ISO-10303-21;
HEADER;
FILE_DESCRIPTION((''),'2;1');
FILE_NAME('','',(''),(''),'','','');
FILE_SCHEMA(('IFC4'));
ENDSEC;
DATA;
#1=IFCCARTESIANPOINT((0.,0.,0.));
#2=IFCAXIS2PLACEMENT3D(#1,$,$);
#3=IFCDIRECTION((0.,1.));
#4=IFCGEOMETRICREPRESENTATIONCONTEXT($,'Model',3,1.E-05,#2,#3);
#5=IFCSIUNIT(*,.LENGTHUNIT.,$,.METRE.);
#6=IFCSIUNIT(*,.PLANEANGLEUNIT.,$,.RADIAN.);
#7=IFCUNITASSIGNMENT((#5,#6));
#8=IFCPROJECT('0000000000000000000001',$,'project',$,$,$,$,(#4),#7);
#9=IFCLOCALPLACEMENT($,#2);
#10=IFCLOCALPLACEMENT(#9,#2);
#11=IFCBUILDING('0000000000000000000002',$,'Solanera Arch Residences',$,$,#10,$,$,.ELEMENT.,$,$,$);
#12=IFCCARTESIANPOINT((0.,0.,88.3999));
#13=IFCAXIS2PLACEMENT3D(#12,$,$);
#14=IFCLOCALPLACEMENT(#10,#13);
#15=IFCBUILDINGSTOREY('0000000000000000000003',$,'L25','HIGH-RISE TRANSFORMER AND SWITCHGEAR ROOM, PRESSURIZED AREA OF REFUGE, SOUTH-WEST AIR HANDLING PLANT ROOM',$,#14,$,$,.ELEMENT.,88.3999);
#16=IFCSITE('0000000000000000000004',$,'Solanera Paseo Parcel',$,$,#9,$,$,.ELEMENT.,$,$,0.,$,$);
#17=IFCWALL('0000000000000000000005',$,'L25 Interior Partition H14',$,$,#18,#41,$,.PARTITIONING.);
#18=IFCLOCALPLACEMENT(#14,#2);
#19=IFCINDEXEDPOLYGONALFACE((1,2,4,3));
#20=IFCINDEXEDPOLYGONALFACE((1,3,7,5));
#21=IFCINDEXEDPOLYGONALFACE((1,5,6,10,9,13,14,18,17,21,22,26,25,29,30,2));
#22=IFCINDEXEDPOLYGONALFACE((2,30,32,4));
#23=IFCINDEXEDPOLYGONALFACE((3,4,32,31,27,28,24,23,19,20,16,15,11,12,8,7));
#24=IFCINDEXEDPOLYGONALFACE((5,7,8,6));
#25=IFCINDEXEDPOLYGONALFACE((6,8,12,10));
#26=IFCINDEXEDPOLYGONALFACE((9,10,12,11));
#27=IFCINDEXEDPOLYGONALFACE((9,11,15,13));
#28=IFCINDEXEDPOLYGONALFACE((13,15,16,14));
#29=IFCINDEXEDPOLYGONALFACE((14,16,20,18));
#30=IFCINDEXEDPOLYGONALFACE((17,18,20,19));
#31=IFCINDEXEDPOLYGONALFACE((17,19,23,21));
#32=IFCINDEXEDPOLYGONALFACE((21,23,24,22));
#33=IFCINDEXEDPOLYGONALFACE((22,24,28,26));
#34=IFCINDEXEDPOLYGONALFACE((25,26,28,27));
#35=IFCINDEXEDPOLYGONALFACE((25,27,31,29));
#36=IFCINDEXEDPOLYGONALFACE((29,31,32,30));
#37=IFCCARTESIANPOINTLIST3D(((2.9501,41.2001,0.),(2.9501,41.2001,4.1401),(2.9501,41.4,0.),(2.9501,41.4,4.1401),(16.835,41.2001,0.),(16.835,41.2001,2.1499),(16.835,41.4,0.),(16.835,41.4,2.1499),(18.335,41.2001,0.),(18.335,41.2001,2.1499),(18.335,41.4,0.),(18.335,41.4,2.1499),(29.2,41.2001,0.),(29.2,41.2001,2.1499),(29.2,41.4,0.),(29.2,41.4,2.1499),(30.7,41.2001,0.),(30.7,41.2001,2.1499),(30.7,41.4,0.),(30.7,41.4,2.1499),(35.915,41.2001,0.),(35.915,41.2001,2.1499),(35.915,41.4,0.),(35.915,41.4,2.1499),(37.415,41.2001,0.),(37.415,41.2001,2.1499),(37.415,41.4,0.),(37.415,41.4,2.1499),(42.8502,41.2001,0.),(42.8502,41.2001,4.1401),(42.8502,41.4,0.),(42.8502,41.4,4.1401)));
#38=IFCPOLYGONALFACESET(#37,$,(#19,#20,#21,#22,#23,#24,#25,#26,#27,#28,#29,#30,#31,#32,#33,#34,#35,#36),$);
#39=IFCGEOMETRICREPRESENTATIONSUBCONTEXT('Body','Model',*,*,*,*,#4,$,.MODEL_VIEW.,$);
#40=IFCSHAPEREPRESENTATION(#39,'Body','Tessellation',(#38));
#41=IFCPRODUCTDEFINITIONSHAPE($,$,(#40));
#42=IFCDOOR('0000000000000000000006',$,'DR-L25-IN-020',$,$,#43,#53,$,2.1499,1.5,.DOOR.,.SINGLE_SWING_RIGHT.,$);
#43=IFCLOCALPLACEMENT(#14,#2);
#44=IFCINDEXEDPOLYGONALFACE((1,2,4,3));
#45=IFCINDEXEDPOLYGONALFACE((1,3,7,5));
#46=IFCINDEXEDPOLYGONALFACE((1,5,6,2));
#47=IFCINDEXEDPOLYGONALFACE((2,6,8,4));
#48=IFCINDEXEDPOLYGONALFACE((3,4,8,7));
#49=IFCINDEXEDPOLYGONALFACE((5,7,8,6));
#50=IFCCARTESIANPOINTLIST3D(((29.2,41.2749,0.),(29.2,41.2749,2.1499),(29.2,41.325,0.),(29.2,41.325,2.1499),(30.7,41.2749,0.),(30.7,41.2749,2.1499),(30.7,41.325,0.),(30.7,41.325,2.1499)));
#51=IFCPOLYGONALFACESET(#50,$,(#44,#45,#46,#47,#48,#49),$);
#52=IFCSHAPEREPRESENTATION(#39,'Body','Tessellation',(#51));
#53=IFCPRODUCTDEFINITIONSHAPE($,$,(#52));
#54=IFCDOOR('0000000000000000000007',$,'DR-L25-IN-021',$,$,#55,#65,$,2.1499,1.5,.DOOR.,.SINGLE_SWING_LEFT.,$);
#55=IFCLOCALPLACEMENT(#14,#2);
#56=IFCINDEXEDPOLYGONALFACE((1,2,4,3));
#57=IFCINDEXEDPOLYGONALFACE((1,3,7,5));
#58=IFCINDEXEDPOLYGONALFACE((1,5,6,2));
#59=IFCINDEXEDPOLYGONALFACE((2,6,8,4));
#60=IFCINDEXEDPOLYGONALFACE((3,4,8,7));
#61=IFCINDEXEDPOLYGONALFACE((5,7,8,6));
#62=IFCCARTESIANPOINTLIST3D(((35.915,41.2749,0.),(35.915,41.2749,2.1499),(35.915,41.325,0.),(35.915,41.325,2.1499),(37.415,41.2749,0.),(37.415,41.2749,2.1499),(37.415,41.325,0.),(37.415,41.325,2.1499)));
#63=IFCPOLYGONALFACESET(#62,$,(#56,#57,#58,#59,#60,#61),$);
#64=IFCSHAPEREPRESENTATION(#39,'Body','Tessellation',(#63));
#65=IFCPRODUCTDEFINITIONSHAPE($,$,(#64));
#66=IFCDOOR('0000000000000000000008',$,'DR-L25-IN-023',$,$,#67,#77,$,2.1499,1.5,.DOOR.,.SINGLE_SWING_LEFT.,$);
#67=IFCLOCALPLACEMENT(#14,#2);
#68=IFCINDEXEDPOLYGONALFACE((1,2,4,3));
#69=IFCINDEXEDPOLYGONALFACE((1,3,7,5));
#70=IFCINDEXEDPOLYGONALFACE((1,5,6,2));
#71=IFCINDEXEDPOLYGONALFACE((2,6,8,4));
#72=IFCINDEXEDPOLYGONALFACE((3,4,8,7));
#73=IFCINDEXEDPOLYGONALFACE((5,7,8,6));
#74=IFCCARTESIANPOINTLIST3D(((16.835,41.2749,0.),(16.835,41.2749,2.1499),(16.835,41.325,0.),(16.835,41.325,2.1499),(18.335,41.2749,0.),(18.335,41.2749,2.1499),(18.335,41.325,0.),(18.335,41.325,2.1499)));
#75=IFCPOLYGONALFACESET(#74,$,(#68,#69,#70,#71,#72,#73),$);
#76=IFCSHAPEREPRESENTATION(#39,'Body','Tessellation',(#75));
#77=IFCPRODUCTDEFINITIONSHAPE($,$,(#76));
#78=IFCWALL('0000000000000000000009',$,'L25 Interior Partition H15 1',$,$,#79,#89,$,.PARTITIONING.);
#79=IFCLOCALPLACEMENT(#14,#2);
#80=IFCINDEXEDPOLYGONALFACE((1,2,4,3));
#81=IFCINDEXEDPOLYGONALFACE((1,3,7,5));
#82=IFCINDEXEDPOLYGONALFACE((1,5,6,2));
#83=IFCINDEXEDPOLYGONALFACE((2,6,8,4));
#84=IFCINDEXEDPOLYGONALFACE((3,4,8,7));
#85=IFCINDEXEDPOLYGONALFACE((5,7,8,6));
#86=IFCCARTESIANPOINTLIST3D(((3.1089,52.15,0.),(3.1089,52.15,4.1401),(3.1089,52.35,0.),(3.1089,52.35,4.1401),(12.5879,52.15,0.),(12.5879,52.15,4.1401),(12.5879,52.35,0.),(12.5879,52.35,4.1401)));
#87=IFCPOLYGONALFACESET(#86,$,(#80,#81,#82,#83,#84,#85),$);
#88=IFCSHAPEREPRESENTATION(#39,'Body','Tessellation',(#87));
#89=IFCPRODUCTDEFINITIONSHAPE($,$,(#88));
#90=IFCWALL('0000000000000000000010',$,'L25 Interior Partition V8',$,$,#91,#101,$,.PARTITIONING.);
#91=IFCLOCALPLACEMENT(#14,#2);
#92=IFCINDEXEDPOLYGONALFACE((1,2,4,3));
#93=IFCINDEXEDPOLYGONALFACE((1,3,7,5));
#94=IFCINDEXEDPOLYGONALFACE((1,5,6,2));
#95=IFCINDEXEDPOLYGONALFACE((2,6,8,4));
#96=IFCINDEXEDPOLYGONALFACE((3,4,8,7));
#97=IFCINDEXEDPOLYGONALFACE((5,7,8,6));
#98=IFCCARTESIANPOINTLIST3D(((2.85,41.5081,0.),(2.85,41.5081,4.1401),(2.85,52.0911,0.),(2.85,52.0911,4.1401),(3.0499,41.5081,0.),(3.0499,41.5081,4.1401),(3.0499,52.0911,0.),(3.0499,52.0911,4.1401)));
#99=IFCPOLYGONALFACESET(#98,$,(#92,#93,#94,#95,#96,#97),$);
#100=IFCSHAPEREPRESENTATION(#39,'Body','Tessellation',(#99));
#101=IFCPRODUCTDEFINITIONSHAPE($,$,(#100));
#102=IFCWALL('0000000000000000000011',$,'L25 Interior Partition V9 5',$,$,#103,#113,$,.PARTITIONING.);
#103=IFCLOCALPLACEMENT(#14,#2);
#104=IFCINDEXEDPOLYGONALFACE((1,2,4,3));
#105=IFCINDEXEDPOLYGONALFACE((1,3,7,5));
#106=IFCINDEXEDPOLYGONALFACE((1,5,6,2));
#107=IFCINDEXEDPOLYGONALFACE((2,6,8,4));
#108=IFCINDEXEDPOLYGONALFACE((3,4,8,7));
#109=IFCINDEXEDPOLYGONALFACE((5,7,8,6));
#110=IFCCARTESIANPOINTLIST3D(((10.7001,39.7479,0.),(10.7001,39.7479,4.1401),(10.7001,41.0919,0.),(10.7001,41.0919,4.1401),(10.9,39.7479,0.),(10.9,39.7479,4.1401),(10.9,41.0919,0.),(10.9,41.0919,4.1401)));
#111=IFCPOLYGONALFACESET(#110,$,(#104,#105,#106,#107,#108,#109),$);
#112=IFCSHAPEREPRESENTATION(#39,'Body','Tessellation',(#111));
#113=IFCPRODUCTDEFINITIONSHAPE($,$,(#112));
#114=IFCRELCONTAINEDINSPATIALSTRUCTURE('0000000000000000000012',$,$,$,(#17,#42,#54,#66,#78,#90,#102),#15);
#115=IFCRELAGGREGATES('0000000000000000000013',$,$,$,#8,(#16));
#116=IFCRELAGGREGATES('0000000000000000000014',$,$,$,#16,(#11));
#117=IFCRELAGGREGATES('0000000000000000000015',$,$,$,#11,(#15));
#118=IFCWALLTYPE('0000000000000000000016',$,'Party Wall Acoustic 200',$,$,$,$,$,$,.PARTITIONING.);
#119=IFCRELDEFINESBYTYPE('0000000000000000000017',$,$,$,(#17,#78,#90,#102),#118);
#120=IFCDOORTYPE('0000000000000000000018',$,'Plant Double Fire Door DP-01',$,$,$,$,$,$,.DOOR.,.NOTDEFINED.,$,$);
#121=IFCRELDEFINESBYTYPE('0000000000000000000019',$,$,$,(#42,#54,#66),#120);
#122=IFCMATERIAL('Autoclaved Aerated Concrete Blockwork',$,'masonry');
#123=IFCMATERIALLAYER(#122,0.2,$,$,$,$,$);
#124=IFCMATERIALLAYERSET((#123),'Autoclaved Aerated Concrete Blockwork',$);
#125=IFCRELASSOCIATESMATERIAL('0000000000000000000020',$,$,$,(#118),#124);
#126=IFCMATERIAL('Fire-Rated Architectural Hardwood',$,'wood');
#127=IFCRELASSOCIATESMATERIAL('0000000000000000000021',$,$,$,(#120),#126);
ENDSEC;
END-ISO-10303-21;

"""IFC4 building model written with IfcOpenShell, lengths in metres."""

from ifc_helpers import new_model, si_unit, direction, frame, frame_2d, origin, place, context, subcontext, project, spatial, rectangle, extrude, material, layer, layer_set, type_object, element, fill, save


model = new_model("IFC4")

# Units and contexts
model_context = context("Model", 3, precision=1e-05, world=origin(), true_north=direction((0.0, 1.0)))
body_context = subcontext(model_context, "Body", "Model", "MODEL_VIEW")
ifc_project = project(units=[si_unit("LENGTHUNIT", "METRE"), si_unit("PLANEANGLEUNIT", "RADIAN")], contexts=[model_context])

# Site, building, storey
site_placement = place(None, origin())
site = spatial("IfcSite", under=ifc_project, at=site_placement, Name="Solanera Paseo Parcel", CompositionType="ELEMENT", RefElevation=0.0)
building_placement = place(site_placement, origin())
building = spatial("IfcBuilding", under=site, at=building_placement, Name="Solanera Arch Residences", CompositionType="ELEMENT")
storey_placement = place(building_placement, frame((0.0, 0.0, 88.3999)))
storey = spatial("IfcBuildingStorey", under=building, at=storey_placement, Name="L25", Description="HIGH-RISE TRANSFORMER AND SWITCHGEAR ROOM, PRESSURIZED AREA OF REFUGE, SOUTH-WEST AIR HANDLING PLANT ROOM", CompositionType="ELEMENT", Elevation=88.3999)

# Wall, openings, doors
ifc_material_1 = material(Name="Autoclaved Aerated Concrete Blockwork", Category="masonry")
ifc_layer_1 = layer(ifc_material_1, 0.2)
ifc_layer_set_1 = layer_set([ifc_layer_1], Name="Autoclaved Aerated Concrete Blockwork")
wall_type_1 = type_object("IfcWallType", Name="Party Wall Acoustic 200", PredefinedType="PARTITIONING", material=ifc_layer_set_1)
wall_1_placement = place(storey_placement, frame((2.95, 41.3, 0.0), z_axis=(0.0, 0.0, 1.0), x_axis=(1.0, 0.0, 0.0)))
wall_1 = element("IfcWall", 1, at=wall_1_placement, inside=storey, type_object=wall_type_1, Name="L25 Interior Partition H14", PredefinedType="PARTITIONING", context=body_context, shape_type="SweptSolid", body=[
    extrude(rectangle(XDim=39.9001, YDim=0.2, at=frame_2d((19.9502, 0.0))), origin(), (0.0, 0.0, 1.0), 4.1401),
])
opening_1_placement = place(wall_1_placement, frame((26.25, 0.0, 0.0)))
opening_1 = element("IfcOpeningElement", 2, at=opening_1_placement, cuts=wall_1, PredefinedType="OPENING", context=body_context, shape_type="SweptSolid", body=[
    extrude(rectangle(XDim=1.5, YDim=2.1499, at=frame_2d((0.75, 1.075))), frame((0.0, 0.1101, 0.0), z_axis=(0.0, -1.0, 0.0), x_axis=(1.0, 0.0, 0.0)), (0.0, 0.0, 1.0), 0.22),
])
opening_2_placement = place(wall_1_placement, frame((32.9651, 0.0, 0.0)))
opening_2 = element("IfcOpeningElement", 3, at=opening_2_placement, cuts=wall_1, PredefinedType="OPENING", context=body_context, shape_type="SweptSolid", body=[
    extrude(rectangle(XDim=1.5, YDim=2.1499, at=frame_2d((0.75, 1.075))), frame((0.0, 0.1101, 0.0), z_axis=(0.0, -1.0, 0.0), x_axis=(1.0, 0.0, 0.0)), (0.0, 0.0, 1.0), 0.22),
])
opening_3_placement = place(wall_1_placement, frame((13.885, 0.0, 0.0)))
opening_3 = element("IfcOpeningElement", 4, at=opening_3_placement, cuts=wall_1, PredefinedType="OPENING", context=body_context, shape_type="SweptSolid", body=[
    extrude(rectangle(XDim=1.5, YDim=2.1499, at=frame_2d((0.75, 1.075))), frame((0.0, 0.1101, 0.0), z_axis=(0.0, -1.0, 0.0), x_axis=(1.0, 0.0, 0.0)), (0.0, 0.0, 1.0), 0.22),
])
ifc_material_2 = material(Name="Fire-Rated Architectural Hardwood", Category="wood")
door_type_1 = type_object("IfcDoorType", Name="Plant Double Fire Door DP-01", OperationType="NOTDEFINED", PredefinedType="DOOR", material=ifc_material_2)
door_1_placement = place(opening_1_placement, origin())
door_1 = element("IfcDoor", 5, at=door_1_placement, inside=storey, type_object=door_type_1, Name="DR-L25-IN-020", OperationType="SINGLE_SWING_RIGHT", OverallHeight=2.1499, OverallWidth=1.5, PredefinedType="DOOR", context=body_context, shape_type="SweptSolid", body=[
    extrude(rectangle(XDim=1.5, YDim=2.1499, at=frame_2d((0.75, 1.075))), frame((0.0, 0.0249, 0.0), z_axis=(0.0, -1.0, 0.0), x_axis=(1.0, 0.0, 0.0)), (0.0, 0.0, 1.0), 0.05),
])
fill(opening_1, door_1)
door_2_placement = place(opening_2_placement, origin())
door_2 = element("IfcDoor", 6, at=door_2_placement, inside=storey, type_object=door_type_1, Name="DR-L25-IN-021", OperationType="SINGLE_SWING_LEFT", OverallHeight=2.1499, OverallWidth=1.5, PredefinedType="DOOR", context=body_context, shape_type="SweptSolid", body=[
    extrude(rectangle(XDim=1.5, YDim=2.1499, at=frame_2d((0.75, 1.075))), frame((0.0, 0.0249, 0.0), z_axis=(0.0, -1.0, 0.0), x_axis=(1.0, 0.0, 0.0)), (0.0, 0.0, 1.0), 0.05),
])
fill(opening_2, door_2)
door_3_placement = place(opening_3_placement, origin())
door_3 = element("IfcDoor", 7, at=door_3_placement, inside=storey, type_object=door_type_1, Name="DR-L25-IN-023", OperationType="SINGLE_SWING_LEFT", OverallHeight=2.1499, OverallWidth=1.5, PredefinedType="DOOR", context=body_context, shape_type="SweptSolid", body=[
    extrude(rectangle(XDim=1.5, YDim=2.1499, at=frame_2d((0.75, 1.075))), frame((0.0, 0.0249, 0.0), z_axis=(0.0, -1.0, 0.0), x_axis=(1.0, 0.0, 0.0)), (0.0, 0.0, 1.0), 0.05),
])
fill(opening_3, door_3)

# Walls
wall_2_placement = place(storey_placement, frame((3.1089, 52.25, 0.0), z_axis=(0.0, 0.0, 1.0), x_axis=(1.0, 0.0, 0.0)))
element("IfcWall", 8, at=wall_2_placement, inside=storey, type_object=wall_type_1, Name="L25 Interior Partition H15 1", PredefinedType="PARTITIONING", context=body_context, shape_type="SweptSolid", body=[
    extrude(rectangle(XDim=9.479, YDim=0.2, at=frame_2d((4.7395, 0.0))), origin(), (0.0, 0.0, 1.0), 4.1401),
])
wall_3_placement = place(storey_placement, frame((2.95, 41.5081, 0.0), z_axis=(0.0, 0.0, 1.0), x_axis=(0.0, 1.0, 0.0)))
element("IfcWall", 9, at=wall_3_placement, inside=storey, type_object=wall_type_1, Name="L25 Interior Partition V8", PredefinedType="PARTITIONING", context=body_context, shape_type="SweptSolid", body=[
    extrude(rectangle(XDim=10.583, YDim=0.2, at=frame_2d((5.2915, 0.0))), origin(), (0.0, 0.0, 1.0), 4.1401),
])
wall_4_placement = place(storey_placement, frame((10.8, 39.748, 0.0), z_axis=(0.0, 0.0, 1.0), x_axis=(0.0, 1.0, 0.0)))
element("IfcWall", 10, at=wall_4_placement, inside=storey, type_object=wall_type_1, Name="L25 Interior Partition V9 5", PredefinedType="PARTITIONING", context=body_context, shape_type="SweptSolid", body=[
    extrude(rectangle(XDim=1.344, YDim=0.2, at=frame_2d((0.6719, 0.0))), origin(), (0.0, 0.0, 1.0), 4.1401),
])

save(model, "model.ifc")
